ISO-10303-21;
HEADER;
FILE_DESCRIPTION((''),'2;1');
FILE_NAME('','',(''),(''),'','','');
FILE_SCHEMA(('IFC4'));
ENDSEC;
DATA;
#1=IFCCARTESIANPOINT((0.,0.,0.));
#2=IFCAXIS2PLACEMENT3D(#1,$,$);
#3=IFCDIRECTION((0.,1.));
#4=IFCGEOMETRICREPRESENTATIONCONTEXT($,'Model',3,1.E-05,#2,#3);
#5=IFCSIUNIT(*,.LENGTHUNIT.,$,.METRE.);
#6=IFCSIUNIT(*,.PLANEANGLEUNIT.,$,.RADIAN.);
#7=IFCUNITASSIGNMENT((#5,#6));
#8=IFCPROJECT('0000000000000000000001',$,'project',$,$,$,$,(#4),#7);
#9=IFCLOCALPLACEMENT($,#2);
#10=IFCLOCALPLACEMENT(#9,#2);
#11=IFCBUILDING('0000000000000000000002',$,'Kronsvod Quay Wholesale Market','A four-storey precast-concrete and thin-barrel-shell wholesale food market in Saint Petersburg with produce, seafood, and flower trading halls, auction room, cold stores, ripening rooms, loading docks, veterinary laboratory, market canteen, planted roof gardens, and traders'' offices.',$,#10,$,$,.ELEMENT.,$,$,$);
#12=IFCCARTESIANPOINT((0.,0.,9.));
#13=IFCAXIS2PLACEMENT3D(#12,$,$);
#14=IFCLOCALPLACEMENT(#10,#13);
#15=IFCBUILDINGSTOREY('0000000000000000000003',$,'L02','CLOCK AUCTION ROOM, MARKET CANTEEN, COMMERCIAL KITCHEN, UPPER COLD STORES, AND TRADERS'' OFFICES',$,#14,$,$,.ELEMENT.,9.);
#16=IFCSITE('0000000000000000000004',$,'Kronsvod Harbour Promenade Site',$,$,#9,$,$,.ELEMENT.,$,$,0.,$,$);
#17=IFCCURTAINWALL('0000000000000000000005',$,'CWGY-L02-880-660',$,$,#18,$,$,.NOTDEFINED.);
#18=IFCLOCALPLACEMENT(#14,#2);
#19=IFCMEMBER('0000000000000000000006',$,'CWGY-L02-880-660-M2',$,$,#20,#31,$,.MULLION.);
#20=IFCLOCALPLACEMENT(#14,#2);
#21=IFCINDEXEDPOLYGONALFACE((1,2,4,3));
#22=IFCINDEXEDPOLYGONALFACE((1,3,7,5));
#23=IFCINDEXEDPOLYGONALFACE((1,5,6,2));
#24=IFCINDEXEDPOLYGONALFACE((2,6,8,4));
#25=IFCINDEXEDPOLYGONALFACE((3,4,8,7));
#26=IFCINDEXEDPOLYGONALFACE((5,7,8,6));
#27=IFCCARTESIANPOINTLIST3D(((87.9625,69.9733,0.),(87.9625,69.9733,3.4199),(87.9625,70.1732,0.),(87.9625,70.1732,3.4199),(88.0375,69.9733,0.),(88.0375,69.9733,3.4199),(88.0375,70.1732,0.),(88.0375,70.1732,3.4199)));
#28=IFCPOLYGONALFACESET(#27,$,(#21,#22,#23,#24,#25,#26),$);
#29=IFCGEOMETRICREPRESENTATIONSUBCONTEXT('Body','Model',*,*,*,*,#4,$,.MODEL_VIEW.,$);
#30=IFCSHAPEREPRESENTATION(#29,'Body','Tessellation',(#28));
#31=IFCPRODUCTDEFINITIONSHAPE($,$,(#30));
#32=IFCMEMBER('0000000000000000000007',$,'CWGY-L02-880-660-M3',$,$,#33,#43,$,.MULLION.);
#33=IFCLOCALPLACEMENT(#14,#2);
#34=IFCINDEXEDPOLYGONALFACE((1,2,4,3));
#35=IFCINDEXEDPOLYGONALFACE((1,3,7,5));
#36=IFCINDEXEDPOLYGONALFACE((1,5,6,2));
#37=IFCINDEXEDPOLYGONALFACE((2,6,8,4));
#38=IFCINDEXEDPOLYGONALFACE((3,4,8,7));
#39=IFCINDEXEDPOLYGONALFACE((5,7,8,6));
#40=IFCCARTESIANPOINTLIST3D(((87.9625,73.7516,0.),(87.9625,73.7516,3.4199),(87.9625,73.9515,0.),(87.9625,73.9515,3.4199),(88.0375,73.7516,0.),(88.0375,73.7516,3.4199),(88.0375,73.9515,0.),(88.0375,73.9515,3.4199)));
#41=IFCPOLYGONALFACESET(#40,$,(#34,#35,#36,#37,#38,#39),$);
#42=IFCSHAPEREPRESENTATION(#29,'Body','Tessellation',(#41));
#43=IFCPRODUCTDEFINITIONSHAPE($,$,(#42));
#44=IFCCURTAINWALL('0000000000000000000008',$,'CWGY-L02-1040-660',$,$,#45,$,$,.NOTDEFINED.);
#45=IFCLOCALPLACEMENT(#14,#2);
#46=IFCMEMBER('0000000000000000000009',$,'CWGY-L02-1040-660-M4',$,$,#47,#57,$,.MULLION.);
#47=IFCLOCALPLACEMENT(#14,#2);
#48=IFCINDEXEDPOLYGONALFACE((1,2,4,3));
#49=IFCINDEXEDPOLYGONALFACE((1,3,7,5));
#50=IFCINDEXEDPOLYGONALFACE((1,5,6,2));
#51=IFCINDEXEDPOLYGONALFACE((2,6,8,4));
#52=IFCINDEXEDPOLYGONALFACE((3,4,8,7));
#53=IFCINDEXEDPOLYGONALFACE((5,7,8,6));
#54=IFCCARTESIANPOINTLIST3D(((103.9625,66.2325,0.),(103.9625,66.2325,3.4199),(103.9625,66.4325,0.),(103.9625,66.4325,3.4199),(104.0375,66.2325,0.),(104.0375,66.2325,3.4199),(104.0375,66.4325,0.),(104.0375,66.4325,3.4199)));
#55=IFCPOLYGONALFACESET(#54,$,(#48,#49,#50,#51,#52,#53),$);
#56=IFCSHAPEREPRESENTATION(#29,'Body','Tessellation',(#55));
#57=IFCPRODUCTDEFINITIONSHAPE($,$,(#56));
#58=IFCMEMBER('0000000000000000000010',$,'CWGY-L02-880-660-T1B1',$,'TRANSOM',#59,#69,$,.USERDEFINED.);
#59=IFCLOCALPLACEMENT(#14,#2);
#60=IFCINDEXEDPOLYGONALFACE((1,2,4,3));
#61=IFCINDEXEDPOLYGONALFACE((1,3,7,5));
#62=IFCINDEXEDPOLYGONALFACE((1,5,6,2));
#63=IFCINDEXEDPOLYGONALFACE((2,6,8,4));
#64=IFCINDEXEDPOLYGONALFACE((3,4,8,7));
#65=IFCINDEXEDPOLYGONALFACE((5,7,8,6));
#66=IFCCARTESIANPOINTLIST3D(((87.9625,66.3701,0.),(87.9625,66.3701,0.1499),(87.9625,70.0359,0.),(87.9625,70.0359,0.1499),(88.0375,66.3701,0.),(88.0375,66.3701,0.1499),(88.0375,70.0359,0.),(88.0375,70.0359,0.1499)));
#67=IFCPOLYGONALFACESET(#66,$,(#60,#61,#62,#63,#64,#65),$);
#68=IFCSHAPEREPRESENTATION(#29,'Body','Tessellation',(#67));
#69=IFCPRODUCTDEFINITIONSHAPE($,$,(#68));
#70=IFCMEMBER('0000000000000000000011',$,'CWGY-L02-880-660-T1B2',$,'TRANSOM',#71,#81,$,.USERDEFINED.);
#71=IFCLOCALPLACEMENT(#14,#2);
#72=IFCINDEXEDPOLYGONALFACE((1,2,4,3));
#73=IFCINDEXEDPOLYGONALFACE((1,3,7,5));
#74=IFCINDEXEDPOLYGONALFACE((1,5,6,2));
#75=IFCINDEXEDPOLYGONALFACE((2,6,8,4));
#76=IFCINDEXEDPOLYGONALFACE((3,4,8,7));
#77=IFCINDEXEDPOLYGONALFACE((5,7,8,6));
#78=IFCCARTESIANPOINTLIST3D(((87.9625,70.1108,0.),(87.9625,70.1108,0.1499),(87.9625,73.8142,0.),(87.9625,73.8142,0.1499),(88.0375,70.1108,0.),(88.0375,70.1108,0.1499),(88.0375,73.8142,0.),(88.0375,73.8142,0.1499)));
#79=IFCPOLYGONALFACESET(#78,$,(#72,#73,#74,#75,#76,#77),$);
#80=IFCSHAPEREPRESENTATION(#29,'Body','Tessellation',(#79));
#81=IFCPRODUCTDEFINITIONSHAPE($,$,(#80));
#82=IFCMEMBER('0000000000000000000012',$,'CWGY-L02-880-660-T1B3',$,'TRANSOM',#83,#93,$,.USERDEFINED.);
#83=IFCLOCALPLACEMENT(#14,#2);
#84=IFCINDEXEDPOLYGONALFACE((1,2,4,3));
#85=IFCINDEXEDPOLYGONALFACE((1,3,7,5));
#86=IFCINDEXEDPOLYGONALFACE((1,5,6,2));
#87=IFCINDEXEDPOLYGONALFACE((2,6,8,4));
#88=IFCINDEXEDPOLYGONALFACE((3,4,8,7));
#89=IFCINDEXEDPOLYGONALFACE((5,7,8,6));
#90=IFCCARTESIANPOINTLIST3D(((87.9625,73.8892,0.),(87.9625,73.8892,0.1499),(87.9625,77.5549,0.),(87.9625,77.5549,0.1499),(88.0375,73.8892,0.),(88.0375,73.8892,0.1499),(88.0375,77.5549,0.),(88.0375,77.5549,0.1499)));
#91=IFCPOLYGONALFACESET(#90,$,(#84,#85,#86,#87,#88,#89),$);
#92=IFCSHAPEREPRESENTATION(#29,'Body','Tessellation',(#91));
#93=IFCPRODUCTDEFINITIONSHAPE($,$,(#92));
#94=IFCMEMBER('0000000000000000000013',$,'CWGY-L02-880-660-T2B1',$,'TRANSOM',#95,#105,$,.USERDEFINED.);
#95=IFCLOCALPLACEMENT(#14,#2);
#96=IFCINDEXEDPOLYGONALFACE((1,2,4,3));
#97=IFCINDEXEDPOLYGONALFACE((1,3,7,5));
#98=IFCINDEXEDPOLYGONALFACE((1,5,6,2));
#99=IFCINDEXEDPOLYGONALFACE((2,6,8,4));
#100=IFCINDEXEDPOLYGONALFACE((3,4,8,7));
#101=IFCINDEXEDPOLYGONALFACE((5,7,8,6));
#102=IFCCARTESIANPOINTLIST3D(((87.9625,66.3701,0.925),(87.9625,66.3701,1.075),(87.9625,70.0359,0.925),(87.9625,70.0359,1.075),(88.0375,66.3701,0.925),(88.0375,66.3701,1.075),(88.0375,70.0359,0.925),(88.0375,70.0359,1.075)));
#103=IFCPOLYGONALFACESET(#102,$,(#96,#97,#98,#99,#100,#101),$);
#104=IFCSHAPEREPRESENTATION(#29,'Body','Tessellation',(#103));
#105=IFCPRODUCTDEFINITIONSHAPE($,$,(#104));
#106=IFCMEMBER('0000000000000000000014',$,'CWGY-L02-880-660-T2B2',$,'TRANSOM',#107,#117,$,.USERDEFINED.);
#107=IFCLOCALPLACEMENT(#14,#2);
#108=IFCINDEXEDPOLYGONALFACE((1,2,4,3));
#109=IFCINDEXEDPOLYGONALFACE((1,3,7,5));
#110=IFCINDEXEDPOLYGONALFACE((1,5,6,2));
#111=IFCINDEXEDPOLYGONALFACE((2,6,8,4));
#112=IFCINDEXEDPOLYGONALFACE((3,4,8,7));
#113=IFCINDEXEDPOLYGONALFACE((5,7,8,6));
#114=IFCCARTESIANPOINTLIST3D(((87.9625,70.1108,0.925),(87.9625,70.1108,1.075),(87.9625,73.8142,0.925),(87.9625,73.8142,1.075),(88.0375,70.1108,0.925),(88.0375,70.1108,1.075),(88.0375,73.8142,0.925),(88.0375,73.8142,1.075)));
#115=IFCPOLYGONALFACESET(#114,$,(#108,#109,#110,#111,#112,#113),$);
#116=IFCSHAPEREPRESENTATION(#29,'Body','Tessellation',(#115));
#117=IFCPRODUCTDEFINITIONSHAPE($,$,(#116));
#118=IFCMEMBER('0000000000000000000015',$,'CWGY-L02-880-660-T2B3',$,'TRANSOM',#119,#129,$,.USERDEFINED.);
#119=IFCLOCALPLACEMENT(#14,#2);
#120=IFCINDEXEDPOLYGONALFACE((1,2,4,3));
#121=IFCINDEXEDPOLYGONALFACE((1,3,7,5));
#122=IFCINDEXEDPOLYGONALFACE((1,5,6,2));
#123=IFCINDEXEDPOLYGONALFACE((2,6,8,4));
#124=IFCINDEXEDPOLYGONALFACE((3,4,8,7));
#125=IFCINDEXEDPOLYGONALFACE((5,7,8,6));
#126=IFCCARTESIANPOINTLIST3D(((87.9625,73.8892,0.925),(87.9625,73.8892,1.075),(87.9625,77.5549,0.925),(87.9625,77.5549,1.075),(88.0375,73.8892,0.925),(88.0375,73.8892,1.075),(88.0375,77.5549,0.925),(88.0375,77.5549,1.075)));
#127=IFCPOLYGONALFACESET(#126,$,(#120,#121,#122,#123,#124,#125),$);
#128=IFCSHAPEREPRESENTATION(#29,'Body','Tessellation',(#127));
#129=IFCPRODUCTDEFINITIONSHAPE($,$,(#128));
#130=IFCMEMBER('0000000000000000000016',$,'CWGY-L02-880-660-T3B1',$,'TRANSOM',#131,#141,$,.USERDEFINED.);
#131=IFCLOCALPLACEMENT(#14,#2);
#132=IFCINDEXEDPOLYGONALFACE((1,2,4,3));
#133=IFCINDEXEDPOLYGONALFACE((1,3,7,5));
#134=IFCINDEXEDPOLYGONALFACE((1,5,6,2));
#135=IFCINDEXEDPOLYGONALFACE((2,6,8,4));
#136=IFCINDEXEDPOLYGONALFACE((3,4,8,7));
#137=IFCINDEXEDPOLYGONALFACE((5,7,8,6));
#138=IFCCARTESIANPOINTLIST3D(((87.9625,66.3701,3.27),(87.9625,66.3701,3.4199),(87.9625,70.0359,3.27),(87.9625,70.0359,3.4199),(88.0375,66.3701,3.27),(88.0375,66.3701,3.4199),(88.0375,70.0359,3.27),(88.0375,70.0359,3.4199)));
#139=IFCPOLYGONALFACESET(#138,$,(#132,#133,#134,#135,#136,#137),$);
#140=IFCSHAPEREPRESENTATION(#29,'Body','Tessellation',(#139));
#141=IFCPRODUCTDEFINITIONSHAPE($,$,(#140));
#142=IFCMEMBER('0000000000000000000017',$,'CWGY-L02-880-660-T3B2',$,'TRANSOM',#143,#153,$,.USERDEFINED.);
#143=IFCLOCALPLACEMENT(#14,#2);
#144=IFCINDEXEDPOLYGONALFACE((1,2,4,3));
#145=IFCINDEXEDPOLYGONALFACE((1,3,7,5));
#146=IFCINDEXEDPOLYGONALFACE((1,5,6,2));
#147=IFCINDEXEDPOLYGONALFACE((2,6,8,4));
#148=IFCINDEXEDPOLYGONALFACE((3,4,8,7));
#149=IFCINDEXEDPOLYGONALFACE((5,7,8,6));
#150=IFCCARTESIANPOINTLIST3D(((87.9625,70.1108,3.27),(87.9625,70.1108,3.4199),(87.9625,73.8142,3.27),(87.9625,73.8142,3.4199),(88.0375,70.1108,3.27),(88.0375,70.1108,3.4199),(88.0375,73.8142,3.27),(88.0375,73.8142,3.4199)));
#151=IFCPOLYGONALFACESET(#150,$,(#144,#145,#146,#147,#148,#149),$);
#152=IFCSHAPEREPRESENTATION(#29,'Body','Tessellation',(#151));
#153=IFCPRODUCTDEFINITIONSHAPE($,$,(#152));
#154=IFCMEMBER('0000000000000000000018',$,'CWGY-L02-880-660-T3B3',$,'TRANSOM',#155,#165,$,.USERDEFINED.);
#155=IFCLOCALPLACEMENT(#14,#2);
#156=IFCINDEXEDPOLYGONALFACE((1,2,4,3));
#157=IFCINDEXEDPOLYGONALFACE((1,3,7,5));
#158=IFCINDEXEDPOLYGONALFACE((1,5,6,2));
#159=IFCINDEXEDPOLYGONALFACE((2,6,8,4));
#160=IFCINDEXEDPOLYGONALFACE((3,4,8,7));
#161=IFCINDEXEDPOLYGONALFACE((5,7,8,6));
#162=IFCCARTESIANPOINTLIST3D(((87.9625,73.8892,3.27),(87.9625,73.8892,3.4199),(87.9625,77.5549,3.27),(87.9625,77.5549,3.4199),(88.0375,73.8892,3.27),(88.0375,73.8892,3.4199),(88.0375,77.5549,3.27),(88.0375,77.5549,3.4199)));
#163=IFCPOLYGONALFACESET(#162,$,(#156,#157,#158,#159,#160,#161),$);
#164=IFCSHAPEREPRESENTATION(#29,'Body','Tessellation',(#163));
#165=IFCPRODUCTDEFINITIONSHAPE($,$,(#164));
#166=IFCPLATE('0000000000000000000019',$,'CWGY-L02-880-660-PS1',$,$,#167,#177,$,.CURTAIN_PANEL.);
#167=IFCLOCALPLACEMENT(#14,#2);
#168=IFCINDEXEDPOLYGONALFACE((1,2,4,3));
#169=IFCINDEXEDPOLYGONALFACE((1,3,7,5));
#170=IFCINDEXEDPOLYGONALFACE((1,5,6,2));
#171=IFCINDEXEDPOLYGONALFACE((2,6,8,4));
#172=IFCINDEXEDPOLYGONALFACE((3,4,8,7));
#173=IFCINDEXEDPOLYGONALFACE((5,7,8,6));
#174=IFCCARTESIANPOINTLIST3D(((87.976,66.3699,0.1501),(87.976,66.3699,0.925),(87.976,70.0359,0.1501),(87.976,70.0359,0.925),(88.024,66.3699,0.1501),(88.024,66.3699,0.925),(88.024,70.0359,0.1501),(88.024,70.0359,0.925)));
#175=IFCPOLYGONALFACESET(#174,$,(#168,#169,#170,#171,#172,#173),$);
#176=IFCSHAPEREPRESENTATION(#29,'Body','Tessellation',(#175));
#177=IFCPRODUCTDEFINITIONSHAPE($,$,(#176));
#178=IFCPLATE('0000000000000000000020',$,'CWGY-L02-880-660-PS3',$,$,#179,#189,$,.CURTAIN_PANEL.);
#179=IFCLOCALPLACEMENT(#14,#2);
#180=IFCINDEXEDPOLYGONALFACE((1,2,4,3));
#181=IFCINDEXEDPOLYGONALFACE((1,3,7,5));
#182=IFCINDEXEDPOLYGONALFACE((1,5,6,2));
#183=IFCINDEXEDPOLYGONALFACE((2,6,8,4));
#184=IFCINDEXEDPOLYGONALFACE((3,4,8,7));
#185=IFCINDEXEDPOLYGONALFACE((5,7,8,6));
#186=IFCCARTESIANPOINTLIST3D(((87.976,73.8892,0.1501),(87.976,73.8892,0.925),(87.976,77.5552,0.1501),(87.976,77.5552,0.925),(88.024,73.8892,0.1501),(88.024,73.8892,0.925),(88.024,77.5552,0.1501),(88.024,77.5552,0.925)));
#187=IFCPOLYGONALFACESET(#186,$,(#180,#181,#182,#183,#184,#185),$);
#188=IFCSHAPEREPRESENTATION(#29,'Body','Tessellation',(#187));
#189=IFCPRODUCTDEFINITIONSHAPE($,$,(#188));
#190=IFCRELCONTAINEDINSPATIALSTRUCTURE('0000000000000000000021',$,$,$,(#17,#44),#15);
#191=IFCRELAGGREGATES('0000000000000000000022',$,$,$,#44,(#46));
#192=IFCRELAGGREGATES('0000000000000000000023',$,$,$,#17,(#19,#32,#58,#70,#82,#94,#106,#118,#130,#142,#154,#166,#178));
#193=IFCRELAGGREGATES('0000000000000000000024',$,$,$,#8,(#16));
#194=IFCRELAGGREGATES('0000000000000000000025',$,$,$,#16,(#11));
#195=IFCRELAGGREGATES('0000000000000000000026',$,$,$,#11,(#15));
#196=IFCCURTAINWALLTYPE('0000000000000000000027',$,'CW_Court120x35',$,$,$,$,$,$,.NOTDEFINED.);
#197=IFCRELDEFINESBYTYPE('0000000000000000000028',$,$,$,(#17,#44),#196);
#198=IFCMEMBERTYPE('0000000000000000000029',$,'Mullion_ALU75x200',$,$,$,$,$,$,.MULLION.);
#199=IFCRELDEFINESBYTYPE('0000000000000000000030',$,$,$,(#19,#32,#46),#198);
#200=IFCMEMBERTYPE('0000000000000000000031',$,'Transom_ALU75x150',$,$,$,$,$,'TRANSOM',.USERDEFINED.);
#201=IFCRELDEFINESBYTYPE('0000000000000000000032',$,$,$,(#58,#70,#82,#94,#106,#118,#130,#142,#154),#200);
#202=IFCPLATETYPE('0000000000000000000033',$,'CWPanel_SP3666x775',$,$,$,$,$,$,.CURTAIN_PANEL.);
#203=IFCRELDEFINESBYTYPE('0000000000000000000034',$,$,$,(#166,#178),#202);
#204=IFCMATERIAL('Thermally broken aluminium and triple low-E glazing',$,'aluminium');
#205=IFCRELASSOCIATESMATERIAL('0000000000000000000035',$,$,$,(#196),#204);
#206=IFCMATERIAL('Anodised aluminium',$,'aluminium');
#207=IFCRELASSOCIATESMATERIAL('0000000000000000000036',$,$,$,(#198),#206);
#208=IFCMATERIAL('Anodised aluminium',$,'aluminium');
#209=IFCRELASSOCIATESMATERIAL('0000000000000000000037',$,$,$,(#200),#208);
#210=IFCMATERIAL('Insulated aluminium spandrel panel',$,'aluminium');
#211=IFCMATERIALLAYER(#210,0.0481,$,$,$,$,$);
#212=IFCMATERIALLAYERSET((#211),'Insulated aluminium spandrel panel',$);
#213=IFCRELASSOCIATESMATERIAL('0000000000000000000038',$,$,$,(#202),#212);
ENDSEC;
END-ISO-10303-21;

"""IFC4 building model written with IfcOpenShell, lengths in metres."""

from ifc_helpers import new_model, si_unit, direction, frame, origin, origin_2d, place, context, subcontext, project, spatial, rectangle, extrude, material, layer, layer_set, material_profile, profile_set, type_object, element, aggregate, save


model = new_model("IFC4")

# Units and contexts
model_context = context("Model", 3, precision=1e-05, world=origin(), true_north=direction((0.0, 1.0)))
body_context = subcontext(model_context, "Body", "Model", "MODEL_VIEW")
ifc_project = project(units=[si_unit("LENGTHUNIT", "METRE"), si_unit("PLANEANGLEUNIT", "RADIAN")], contexts=[model_context])

# Site, building, storey
site_placement = place(None, origin())
site = spatial("IfcSite", under=ifc_project, at=site_placement, Name="Kronsvod Harbour Promenade Site", CompositionType="ELEMENT", RefElevation=0.0)
building_placement = place(site_placement, origin())
building = spatial("IfcBuilding", under=site, at=building_placement, Name="Kronsvod Quay Wholesale Market", Description="A four-storey precast-concrete and thin-barrel-shell wholesale food market in Saint Petersburg with produce, seafood, and flower trading halls, auction room, cold stores, ripening rooms, loading docks, veterinary laboratory, market canteen, planted roof gardens, and traders' offices.", CompositionType="ELEMENT")
storey_placement = place(building_placement, frame((0.0, 0.0, 9.0)))
storey = spatial("IfcBuildingStorey", under=building, at=storey_placement, Name="L02", Description="CLOCK AUCTION ROOM, MARKET CANTEEN, COMMERCIAL KITCHEN, UPPER COLD STORES, AND TRADERS' OFFICES", CompositionType="ELEMENT", Elevation=9.0)

# Curtain wall, members
ifc_material_1 = material(Name="Thermally broken aluminium and triple low-E glazing", Category="aluminium")
curtain_wall_type = type_object("IfcCurtainWallType", Name="CW_Court120x35", PredefinedType="NOTDEFINED", material=ifc_material_1)
curtain_wall_1_placement = place(storey_placement, origin())
curtain_wall_1 = element("IfcCurtainWall", 1, at=curtain_wall_1_placement, inside=storey, type_object=curtain_wall_type, Name="CWGY-L02-880-660", PredefinedType="NOTDEFINED")
ifc_material_2 = material(Name="Anodised aluminium", Category="aluminium")
ifc_material_profile_1 = material_profile(ifc_material_2, rectangle(XDim=0.075, YDim=0.2, at=origin_2d()), Name="ALUM75x200")
ifc_profile_set_1 = profile_set([ifc_material_profile_1], Name="Anodised aluminium")
member_type_1 = type_object("IfcMemberType", Name="Mullion_ALU75x200", PredefinedType="MULLION", material=ifc_profile_set_1)
member_1_placement = place(storey_placement, frame((88.0, 70.0732, 0.0), z_axis=(0.0, 0.0, 1.0), x_axis=(1.0, 0.0, 0.0)))
member_1 = element("IfcMember", 2, at=member_1_placement, type_object=member_type_1, Name="CWGY-L02-880-660-M2", PredefinedType="MULLION", context=body_context, shape_type="SweptSolid", body=[
    extrude(rectangle(XDim=0.075, YDim=0.2, at=origin_2d()), origin(), (0.0, 0.0, 1.0), 3.4199),
])
member_2_placement = place(storey_placement, frame((88.0, 73.8516, 0.0), z_axis=(0.0, 0.0, 1.0), x_axis=(1.0, 0.0, 0.0)))
member_2 = element("IfcMember", 3, at=member_2_placement, type_object=member_type_1, Name="CWGY-L02-880-660-M3", PredefinedType="MULLION", context=body_context, shape_type="SweptSolid", body=[
    extrude(rectangle(XDim=0.075, YDim=0.2, at=origin_2d()), origin(), (0.0, 0.0, 1.0), 3.4199),
])

# Curtain wall, member
curtain_wall_2_placement = place(storey_placement, origin())
curtain_wall_2 = element("IfcCurtainWall", 4, at=curtain_wall_2_placement, inside=storey, type_object=curtain_wall_type, Name="CWGY-L02-1040-660", PredefinedType="NOTDEFINED")
member_3_placement = place(storey_placement, frame((104.0, 66.3325, 0.0), z_axis=(0.0, 0.0, 1.0), x_axis=(1.0, 0.0, 0.0)))
member_3 = element("IfcMember", 5, at=member_3_placement, type_object=member_type_1, Name="CWGY-L02-1040-660-M4", PredefinedType="MULLION", context=body_context, shape_type="SweptSolid", body=[
    extrude(rectangle(XDim=0.075, YDim=0.2, at=origin_2d()), origin(), (0.0, 0.0, 1.0), 3.4199),
])

# Members
ifc_material_3 = material(Name="Anodised aluminium", Category="aluminium")
ifc_material_profile_2 = material_profile(ifc_material_3, rectangle(XDim=0.075, YDim=0.1499, at=origin_2d()), Name="ALUT75x150")
ifc_profile_set_2 = profile_set([ifc_material_profile_2], Name="Anodised aluminium")
member_type_2 = type_object("IfcMemberType", Name="Transom_ALU75x150", ElementType="TRANSOM", PredefinedType="USERDEFINED", material=ifc_profile_set_2)
member_4_placement = place(storey_placement, frame((88.0, 66.3701, 0.075), z_axis=(0.0, 1.0, 0.0), x_axis=(-1.0, 0.0, 0.0)))
member_4 = element("IfcMember", 6, at=member_4_placement, type_object=member_type_2, Name="CWGY-L02-880-660-T1B1", ObjectType="TRANSOM", PredefinedType="USERDEFINED", context=body_context, shape_type="SweptSolid", body=[
    extrude(rectangle(XDim=0.075, YDim=0.1499, at=origin_2d()), origin(), (0.0, 0.0, 1.0), 3.6658),
])
member_5_placement = place(storey_placement, frame((88.0, 70.1108, 0.075), z_axis=(0.0, 1.0, 0.0), x_axis=(-1.0, 0.0, 0.0)))
member_5 = element("IfcMember", 7, at=member_5_placement, type_object=member_type_2, Name="CWGY-L02-880-660-T1B2", ObjectType="TRANSOM", PredefinedType="USERDEFINED", context=body_context, shape_type="SweptSolid", body=[
    extrude(rectangle(XDim=0.075, YDim=0.1499, at=origin_2d()), origin(), (0.0, 0.0, 1.0), 3.7034),
])
member_6_placement = place(storey_placement, frame((88.0, 73.8892, 0.075), z_axis=(0.0, 1.0, 0.0), x_axis=(-1.0, 0.0, 0.0)))
member_6 = element("IfcMember", 8, at=member_6_placement, type_object=member_type_2, Name="CWGY-L02-880-660-T1B3", ObjectType="TRANSOM", PredefinedType="USERDEFINED", context=body_context, shape_type="SweptSolid", body=[
    extrude(rectangle(XDim=0.075, YDim=0.1499, at=origin_2d()), origin(), (0.0, 0.0, 1.0), 3.6658),
])
member_7_placement = place(storey_placement, frame((88.0, 66.3701, 1.0), z_axis=(0.0, 1.0, 0.0), x_axis=(-1.0, 0.0, 0.0)))
member_7 = element("IfcMember", 9, at=member_7_placement, type_object=member_type_2, Name="CWGY-L02-880-660-T2B1", ObjectType="TRANSOM", PredefinedType="USERDEFINED", context=body_context, shape_type="SweptSolid", body=[
    extrude(rectangle(XDim=0.075, YDim=0.1499, at=origin_2d()), origin(), (0.0, 0.0, 1.0), 3.6658),
])
member_8_placement = place(storey_placement, frame((88.0, 70.1108, 1.0), z_axis=(0.0, 1.0, 0.0), x_axis=(-1.0, 0.0, 0.0)))
member_8 = element("IfcMember", 10, at=member_8_placement, type_object=member_type_2, Name="CWGY-L02-880-660-T2B2", ObjectType="TRANSOM", PredefinedType="USERDEFINED", context=body_context, shape_type="SweptSolid", body=[
    extrude(rectangle(XDim=0.075, YDim=0.1499, at=origin_2d()), origin(), (0.0, 0.0, 1.0), 3.7034),
])
member_9_placement = place(storey_placement, frame((88.0, 73.8892, 1.0), z_axis=(0.0, 1.0, 0.0), x_axis=(-1.0, 0.0, 0.0)))
member_9 = element("IfcMember", 11, at=member_9_placement, type_object=member_type_2, Name="CWGY-L02-880-660-T2B3", ObjectType="TRANSOM", PredefinedType="USERDEFINED", context=body_context, shape_type="SweptSolid", body=[
    extrude(rectangle(XDim=0.075, YDim=0.1499, at=origin_2d()), origin(), (0.0, 0.0, 1.0), 3.6658),
])
member_10_placement = place(storey_placement, frame((88.0, 66.3701, 3.345), z_axis=(0.0, 1.0, 0.0), x_axis=(-1.0, 0.0, 0.0)))
member_10 = element("IfcMember", 12, at=member_10_placement, type_object=member_type_2, Name="CWGY-L02-880-660-T3B1", ObjectType="TRANSOM", PredefinedType="USERDEFINED", context=body_context, shape_type="SweptSolid", body=[
    extrude(rectangle(XDim=0.075, YDim=0.1499, at=origin_2d()), origin(), (0.0, 0.0, 1.0), 3.6658),
])
member_11_placement = place(storey_placement, frame((88.0, 70.1108, 3.345), z_axis=(0.0, 1.0, 0.0), x_axis=(-1.0, 0.0, 0.0)))
member_11 = element("IfcMember", 13, at=member_11_placement, type_object=member_type_2, Name="CWGY-L02-880-660-T3B2", ObjectType="TRANSOM", PredefinedType="USERDEFINED", context=body_context, shape_type="SweptSolid", body=[
    extrude(rectangle(XDim=0.075, YDim=0.1499, at=origin_2d()), origin(), (0.0, 0.0, 1.0), 3.7034),
])
member_12_placement = place(storey_placement, frame((88.0, 73.8892, 3.345), z_axis=(0.0, 1.0, 0.0), x_axis=(-1.0, 0.0, 0.0)))
member_12 = element("IfcMember", 14, at=member_12_placement, type_object=member_type_2, Name="CWGY-L02-880-660-T3B3", ObjectType="TRANSOM", PredefinedType="USERDEFINED", context=body_context, shape_type="SweptSolid", body=[
    extrude(rectangle(XDim=0.075, YDim=0.1499, at=origin_2d()), origin(), (0.0, 0.0, 1.0), 3.6658),
])

# Plates
ifc_material_4 = material(Name="Insulated aluminium spandrel panel", Category="aluminium")
ifc_layer_1 = layer(ifc_material_4, 0.0481)
ifc_layer_set_1 = layer_set([ifc_layer_1], Name="Insulated aluminium spandrel panel")
plate_type_1 = type_object("IfcPlateType", Name="CWPanel_SP3666x775", PredefinedType="CURTAIN_PANEL", material=ifc_layer_set_1)
plate_1_placement = place(storey_placement, frame((88.0, 68.2029, 0.1501), z_axis=(0.0, 0.0, 1.0), x_axis=(0.0, 1.0, 0.0)))
plate_1 = element("IfcPlate", 15, at=plate_1_placement, type_object=plate_type_1, Name="CWGY-L02-880-660-PS1", PredefinedType="CURTAIN_PANEL", context=body_context, shape_type="SweptSolid", body=[
    extrude(rectangle(XDim=3.666, YDim=0.0481, at=origin_2d()), origin(), (0.0, 0.0, 1.0), 0.7749),
])
plate_2_placement = place(storey_placement, frame((88.0, 75.7222, 0.1501), z_axis=(0.0, 0.0, 1.0), x_axis=(0.0, 1.0, 0.0)))
plate_2 = element("IfcPlate", 16, at=plate_2_placement, type_object=plate_type_1, Name="CWGY-L02-880-660-PS3", PredefinedType="CURTAIN_PANEL", context=body_context, shape_type="SweptSolid", body=[
    extrude(rectangle(XDim=3.666, YDim=0.0481, at=origin_2d()), origin(), (0.0, 0.0, 1.0), 0.7749),
])
aggregate(curtain_wall_2, [member_3])
aggregate(curtain_wall_1, [member_1, member_2, member_4, member_5, member_6, member_7, member_8, member_9, member_10, member_11, member_12, plate_1, plate_2])

save(model, "model.ifc")
